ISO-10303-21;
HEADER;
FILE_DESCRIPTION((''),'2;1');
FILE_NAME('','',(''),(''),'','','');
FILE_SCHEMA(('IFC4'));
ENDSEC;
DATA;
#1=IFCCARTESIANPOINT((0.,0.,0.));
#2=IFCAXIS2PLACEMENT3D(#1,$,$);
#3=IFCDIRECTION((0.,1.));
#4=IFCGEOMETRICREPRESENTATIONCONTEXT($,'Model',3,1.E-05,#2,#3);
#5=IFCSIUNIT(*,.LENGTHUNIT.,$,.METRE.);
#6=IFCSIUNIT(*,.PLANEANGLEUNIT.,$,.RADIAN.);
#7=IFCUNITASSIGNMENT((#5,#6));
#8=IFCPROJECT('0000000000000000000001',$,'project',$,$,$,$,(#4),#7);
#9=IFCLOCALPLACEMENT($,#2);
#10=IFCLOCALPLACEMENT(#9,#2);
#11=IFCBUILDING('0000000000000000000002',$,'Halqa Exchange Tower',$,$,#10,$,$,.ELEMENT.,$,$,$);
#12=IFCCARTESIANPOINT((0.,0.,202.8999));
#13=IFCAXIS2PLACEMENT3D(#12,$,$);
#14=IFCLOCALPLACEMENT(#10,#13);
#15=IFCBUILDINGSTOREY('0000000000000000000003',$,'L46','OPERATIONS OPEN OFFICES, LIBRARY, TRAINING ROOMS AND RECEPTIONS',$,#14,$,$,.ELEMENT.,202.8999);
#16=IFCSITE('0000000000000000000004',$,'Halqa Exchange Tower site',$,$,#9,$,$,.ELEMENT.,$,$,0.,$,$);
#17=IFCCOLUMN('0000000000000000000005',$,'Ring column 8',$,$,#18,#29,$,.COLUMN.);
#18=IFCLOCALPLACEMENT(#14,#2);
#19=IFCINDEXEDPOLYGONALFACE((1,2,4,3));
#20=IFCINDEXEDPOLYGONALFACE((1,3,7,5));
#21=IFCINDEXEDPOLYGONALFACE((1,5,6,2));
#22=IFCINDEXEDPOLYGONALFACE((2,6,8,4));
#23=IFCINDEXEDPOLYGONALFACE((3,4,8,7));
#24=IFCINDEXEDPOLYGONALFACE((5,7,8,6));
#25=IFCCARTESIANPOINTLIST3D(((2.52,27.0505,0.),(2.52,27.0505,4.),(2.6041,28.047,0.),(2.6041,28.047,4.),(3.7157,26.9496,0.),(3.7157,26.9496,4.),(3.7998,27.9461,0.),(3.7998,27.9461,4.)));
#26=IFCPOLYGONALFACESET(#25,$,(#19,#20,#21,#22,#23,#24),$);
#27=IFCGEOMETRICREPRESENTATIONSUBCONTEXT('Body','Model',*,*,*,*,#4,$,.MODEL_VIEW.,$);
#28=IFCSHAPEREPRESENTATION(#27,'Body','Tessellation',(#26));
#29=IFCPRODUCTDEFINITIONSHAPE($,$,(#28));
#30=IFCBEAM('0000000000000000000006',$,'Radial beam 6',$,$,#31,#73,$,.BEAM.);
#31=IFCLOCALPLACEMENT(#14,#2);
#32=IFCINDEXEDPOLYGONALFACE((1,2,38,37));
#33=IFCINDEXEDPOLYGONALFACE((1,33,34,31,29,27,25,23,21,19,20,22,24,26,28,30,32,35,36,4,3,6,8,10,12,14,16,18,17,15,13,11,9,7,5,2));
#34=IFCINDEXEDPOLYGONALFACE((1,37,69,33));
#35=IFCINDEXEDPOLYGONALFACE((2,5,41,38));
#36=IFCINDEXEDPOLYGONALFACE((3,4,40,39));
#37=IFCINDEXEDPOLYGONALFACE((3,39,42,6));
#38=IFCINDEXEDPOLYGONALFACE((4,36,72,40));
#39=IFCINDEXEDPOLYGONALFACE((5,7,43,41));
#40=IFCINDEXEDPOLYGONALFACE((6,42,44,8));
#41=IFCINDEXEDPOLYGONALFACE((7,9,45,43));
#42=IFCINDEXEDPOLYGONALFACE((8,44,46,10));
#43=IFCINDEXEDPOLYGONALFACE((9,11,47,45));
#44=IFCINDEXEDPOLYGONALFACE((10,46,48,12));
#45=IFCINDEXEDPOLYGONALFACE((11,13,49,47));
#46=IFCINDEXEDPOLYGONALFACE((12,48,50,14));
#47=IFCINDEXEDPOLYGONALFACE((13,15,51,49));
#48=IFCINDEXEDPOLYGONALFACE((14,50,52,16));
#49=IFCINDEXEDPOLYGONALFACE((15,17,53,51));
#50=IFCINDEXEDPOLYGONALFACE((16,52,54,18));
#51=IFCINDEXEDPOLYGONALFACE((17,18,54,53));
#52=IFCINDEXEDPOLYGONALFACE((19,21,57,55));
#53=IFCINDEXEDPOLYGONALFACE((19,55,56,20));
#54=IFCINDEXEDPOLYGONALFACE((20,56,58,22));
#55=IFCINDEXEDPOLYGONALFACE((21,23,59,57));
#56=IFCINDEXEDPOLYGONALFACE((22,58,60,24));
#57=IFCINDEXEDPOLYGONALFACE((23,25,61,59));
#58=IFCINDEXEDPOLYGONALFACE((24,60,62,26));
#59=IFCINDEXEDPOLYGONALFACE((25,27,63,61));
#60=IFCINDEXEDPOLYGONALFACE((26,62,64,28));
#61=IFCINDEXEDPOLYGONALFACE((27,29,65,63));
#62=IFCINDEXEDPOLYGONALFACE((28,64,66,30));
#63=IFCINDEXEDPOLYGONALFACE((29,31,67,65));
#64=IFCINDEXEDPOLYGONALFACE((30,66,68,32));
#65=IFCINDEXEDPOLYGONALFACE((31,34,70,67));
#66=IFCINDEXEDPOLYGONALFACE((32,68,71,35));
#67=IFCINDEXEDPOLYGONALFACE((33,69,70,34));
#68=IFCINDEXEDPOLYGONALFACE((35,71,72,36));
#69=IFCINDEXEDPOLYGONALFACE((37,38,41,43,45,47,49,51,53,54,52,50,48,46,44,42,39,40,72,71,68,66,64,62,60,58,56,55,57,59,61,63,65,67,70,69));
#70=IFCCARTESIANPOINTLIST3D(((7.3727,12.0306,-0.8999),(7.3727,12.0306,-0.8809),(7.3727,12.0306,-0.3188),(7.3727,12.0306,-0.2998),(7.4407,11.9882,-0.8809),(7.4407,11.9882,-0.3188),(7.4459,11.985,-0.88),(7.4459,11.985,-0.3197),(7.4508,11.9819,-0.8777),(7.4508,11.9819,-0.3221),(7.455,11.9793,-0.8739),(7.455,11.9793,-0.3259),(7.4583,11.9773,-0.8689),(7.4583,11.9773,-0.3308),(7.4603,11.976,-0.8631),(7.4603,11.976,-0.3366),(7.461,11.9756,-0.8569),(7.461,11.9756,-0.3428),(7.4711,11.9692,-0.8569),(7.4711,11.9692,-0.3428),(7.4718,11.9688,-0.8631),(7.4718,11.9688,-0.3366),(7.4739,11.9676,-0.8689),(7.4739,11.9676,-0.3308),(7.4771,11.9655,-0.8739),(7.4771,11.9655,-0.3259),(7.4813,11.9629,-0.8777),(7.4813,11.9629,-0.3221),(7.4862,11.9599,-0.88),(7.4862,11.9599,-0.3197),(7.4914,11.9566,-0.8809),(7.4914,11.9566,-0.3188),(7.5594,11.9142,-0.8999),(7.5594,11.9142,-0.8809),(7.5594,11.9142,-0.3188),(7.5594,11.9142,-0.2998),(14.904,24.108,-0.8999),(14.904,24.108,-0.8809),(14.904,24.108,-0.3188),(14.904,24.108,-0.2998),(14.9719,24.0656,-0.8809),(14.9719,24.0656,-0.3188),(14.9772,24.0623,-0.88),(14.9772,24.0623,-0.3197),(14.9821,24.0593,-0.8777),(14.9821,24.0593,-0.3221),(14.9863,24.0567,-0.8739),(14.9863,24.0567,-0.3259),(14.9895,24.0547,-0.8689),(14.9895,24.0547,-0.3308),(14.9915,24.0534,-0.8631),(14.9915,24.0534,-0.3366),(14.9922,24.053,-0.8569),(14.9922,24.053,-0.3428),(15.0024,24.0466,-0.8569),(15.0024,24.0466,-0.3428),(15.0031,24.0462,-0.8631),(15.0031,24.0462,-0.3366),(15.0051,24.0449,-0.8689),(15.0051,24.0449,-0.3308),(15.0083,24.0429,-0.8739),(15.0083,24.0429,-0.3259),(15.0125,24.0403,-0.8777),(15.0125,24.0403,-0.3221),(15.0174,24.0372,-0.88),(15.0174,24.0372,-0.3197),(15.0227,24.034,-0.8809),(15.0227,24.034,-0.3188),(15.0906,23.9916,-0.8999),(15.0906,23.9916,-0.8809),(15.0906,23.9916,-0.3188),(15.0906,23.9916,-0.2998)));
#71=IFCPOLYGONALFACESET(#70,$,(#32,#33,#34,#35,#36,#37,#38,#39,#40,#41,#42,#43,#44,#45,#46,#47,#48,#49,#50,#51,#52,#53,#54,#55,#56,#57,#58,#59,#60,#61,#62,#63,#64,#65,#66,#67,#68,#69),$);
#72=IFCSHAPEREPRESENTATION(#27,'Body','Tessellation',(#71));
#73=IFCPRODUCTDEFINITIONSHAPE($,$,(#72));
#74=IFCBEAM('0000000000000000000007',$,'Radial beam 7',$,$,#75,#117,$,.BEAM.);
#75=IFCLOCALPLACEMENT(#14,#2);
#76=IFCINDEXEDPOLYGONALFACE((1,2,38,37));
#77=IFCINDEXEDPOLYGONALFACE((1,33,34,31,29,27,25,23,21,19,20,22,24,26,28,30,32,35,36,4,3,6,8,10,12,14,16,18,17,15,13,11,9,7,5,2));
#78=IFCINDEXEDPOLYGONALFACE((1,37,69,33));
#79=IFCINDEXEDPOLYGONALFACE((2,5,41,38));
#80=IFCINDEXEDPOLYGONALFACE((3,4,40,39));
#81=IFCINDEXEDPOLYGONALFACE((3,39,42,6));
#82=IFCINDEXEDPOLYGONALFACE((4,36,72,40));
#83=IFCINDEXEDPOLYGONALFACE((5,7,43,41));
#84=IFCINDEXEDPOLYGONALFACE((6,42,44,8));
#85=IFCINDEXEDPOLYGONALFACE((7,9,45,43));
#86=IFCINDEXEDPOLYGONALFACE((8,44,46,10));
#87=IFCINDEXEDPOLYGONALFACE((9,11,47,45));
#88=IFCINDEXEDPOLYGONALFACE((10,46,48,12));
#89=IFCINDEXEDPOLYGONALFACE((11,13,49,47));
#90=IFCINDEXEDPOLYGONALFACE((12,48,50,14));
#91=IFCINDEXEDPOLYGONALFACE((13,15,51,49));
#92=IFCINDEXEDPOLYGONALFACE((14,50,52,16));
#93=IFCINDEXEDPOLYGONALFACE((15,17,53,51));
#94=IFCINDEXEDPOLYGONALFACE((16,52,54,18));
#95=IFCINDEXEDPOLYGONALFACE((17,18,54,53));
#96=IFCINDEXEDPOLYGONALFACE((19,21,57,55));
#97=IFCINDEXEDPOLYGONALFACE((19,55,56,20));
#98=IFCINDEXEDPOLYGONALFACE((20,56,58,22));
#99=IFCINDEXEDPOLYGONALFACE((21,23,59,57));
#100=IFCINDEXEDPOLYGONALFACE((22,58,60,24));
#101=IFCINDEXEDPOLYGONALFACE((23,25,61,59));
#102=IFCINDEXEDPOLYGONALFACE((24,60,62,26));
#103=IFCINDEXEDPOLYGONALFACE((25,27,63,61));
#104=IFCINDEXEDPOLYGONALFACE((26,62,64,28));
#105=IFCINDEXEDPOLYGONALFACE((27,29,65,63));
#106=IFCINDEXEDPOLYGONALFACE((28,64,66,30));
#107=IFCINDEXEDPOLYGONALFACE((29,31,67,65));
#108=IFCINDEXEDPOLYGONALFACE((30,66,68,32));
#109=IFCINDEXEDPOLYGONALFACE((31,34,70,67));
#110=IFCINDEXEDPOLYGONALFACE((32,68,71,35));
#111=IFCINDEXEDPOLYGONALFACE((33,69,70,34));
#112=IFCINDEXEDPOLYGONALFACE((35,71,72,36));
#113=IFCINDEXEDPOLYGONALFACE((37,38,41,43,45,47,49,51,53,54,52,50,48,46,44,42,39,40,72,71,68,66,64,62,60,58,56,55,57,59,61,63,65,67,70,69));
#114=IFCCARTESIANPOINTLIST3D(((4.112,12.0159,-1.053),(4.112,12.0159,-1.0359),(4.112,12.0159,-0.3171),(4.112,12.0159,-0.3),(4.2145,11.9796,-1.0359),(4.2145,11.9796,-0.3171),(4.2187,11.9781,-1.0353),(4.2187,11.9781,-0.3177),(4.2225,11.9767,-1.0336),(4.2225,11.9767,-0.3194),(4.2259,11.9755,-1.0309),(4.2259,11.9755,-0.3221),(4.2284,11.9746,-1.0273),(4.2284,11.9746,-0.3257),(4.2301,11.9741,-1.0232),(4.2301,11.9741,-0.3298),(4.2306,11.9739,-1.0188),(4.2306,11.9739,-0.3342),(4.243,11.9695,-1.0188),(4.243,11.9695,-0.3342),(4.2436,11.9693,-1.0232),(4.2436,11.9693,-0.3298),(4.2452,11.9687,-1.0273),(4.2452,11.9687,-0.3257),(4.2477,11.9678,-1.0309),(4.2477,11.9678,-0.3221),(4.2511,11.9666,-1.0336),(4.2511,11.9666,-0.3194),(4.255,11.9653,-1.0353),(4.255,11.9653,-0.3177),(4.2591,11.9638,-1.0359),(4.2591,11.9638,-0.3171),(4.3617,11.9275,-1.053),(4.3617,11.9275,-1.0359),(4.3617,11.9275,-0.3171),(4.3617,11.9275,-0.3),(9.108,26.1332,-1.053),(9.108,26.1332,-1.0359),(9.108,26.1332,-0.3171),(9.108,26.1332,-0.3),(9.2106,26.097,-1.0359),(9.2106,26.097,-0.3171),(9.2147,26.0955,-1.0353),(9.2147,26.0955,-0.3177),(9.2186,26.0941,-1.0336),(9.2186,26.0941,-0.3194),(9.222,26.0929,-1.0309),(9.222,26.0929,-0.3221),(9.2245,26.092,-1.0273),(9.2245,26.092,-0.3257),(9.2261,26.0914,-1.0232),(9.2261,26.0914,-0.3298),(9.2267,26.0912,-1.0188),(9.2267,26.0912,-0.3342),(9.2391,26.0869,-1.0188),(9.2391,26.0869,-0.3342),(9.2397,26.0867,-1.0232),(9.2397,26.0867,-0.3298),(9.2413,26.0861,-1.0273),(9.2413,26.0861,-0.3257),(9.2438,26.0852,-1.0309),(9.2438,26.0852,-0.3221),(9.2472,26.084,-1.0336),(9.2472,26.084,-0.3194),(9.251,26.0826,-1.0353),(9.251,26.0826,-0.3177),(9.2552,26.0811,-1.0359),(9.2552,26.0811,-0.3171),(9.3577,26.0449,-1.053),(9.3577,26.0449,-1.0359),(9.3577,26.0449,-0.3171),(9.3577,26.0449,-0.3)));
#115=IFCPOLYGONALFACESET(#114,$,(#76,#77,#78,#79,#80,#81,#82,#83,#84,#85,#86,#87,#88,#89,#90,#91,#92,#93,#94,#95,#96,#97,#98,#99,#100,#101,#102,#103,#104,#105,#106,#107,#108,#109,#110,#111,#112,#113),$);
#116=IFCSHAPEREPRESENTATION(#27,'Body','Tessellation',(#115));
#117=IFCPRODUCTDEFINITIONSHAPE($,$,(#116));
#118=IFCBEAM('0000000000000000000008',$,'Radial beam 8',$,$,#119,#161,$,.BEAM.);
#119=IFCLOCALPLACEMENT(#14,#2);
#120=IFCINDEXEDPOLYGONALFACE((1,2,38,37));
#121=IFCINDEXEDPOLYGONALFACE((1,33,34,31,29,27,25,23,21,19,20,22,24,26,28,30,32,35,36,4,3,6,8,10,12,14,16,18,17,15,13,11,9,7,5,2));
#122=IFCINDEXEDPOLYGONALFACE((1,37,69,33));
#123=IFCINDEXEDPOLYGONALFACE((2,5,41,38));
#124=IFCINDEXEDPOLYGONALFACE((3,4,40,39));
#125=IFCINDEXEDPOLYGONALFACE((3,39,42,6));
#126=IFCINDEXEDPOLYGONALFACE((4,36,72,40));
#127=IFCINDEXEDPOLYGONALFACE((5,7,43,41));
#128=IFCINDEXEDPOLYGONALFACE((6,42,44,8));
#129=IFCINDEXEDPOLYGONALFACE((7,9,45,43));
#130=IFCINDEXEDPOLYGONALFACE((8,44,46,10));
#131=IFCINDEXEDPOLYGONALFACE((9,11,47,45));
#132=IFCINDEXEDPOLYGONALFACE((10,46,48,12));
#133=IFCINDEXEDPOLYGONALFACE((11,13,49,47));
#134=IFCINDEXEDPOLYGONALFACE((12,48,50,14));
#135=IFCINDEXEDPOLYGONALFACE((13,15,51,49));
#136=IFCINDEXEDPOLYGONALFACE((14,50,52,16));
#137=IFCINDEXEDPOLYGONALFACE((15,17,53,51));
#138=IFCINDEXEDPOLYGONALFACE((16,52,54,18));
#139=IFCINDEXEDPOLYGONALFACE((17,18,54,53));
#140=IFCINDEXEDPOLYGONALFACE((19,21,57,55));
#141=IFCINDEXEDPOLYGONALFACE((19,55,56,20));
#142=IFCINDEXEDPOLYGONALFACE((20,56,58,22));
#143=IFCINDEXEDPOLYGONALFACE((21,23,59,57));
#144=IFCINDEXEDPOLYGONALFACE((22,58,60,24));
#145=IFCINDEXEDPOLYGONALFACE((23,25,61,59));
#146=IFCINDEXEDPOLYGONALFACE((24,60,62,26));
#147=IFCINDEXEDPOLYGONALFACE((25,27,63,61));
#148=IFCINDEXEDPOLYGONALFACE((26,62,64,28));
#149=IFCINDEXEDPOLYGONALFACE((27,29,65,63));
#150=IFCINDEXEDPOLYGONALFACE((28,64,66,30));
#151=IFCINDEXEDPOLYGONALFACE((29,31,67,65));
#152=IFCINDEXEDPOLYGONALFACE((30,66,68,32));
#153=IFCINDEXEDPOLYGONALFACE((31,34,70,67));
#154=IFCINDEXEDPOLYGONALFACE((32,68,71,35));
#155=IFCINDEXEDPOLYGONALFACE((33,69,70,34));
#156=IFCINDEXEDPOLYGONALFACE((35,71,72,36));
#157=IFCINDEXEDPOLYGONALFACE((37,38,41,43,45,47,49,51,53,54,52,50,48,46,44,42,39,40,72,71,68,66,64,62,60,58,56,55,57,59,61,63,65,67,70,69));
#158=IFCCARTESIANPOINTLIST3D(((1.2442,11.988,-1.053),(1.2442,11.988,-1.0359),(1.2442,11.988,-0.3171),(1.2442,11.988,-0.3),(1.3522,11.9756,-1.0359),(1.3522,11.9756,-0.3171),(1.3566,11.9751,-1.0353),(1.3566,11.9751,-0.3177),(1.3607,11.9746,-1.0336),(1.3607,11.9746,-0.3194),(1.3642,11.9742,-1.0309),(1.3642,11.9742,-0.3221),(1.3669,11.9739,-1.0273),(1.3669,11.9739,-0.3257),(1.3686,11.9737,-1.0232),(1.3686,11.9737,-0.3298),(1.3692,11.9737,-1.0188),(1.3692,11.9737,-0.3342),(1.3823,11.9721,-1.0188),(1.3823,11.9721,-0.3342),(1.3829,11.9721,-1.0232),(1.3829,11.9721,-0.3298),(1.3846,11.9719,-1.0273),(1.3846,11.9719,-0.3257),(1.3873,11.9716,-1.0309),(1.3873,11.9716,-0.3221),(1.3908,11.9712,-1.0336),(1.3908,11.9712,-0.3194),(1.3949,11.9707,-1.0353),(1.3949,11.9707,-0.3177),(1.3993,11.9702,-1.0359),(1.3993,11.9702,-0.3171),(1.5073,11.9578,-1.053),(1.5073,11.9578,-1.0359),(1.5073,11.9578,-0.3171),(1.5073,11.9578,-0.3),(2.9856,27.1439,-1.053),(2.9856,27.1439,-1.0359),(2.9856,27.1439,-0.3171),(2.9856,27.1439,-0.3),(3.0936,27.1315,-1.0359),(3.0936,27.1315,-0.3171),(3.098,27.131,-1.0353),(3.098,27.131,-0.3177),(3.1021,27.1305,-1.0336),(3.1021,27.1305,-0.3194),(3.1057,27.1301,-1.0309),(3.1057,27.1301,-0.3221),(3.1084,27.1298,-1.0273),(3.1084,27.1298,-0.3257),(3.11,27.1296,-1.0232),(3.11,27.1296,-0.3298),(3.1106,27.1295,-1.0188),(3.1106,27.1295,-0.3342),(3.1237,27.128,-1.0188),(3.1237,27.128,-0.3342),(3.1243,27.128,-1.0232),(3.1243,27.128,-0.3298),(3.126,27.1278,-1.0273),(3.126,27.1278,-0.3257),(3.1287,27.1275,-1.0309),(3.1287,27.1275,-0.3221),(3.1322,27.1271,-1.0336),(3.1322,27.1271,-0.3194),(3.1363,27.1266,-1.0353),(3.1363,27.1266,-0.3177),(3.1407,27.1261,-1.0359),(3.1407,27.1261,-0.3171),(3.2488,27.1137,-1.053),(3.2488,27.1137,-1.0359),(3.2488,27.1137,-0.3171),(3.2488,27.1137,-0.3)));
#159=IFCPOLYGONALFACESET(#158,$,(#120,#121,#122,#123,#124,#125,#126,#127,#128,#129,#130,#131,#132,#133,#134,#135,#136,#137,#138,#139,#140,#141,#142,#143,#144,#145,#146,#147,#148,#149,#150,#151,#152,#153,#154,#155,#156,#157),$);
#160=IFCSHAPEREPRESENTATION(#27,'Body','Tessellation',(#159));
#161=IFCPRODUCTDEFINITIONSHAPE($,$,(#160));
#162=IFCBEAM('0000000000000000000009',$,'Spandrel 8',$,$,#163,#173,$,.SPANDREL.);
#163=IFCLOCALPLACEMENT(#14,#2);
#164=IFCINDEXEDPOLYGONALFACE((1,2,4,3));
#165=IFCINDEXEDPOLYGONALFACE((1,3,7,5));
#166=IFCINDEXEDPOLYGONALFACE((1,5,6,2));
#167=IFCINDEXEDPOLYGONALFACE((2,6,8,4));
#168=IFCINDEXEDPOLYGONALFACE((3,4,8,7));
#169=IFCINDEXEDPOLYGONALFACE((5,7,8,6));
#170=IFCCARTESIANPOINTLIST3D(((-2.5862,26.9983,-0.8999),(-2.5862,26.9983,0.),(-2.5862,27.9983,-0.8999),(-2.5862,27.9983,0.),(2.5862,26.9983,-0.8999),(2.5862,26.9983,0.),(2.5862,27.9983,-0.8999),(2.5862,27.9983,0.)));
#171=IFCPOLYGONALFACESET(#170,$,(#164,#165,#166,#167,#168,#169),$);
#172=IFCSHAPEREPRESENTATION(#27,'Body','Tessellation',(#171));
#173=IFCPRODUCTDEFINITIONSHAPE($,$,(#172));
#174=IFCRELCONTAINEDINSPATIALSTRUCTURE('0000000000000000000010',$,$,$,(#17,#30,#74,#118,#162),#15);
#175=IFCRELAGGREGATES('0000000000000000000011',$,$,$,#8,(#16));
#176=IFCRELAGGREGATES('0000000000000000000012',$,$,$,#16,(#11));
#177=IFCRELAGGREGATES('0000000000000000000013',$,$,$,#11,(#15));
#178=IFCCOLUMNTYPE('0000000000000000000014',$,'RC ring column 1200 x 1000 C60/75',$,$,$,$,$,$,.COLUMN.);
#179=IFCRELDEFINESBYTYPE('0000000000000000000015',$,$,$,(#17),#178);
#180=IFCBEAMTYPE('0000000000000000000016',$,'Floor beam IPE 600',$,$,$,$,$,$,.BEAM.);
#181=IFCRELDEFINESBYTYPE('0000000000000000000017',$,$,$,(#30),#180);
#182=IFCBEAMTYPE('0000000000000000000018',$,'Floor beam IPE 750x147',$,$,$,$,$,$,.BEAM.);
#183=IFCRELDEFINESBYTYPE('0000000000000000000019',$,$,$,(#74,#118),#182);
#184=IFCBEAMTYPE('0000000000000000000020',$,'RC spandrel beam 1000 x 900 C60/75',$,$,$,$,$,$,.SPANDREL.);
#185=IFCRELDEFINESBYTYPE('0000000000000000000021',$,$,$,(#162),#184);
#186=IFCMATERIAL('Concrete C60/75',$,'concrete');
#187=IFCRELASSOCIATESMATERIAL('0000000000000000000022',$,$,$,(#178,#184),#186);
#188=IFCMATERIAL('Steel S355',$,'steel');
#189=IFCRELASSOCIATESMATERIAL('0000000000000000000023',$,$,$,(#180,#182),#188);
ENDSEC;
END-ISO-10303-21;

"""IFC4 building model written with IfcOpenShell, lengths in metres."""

from ifc_helpers import new_model, si_unit, direction, frame, origin, origin_2d, place, context, subcontext, project, spatial, rectangle, i_section, extrude, material, material_profile, profile_set, type_object, element, save


model = new_model("IFC4")

# Units and contexts
model_context = context("Model", 3, precision=1e-05, world=origin(), true_north=direction((0.0, 1.0)))
body_context = subcontext(model_context, "Body", "Model", "MODEL_VIEW")
ifc_project = project(units=[si_unit("LENGTHUNIT", "METRE"), si_unit("PLANEANGLEUNIT", "RADIAN")], contexts=[model_context])

# Site, building, storey
site_placement = place(None, origin())
site = spatial("IfcSite", under=ifc_project, at=site_placement, Name="Halqa Exchange Tower site", CompositionType="ELEMENT", RefElevation=0.0)
building_placement = place(site_placement, origin())
building = spatial("IfcBuilding", under=site, at=building_placement, Name="Halqa Exchange Tower", CompositionType="ELEMENT")
storey_placement = place(building_placement, frame((0.0, 0.0, 202.8999)))
storey = spatial("IfcBuildingStorey", under=building, at=storey_placement, Name="L46", Description="OPERATIONS OPEN OFFICES, LIBRARY, TRAINING ROOMS AND RECEPTIONS", CompositionType="ELEMENT", Elevation=202.8999)

# Column
ifc_material_1 = material(Name="Concrete C60/75", Category="concrete")
ifc_material_profile_1 = material_profile(ifc_material_1, rectangle(XDim=1.2, YDim=1.0, at=origin_2d()), Name="1200 x 1000")
ifc_profile_set_1 = profile_set([ifc_material_profile_1], Name="Concrete C60/75")
column_type = type_object("IfcColumnType", Name="RC ring column 1200 x 1000 C60/75", PredefinedType="COLUMN", material=ifc_profile_set_1)
column_placement = place(storey_placement, frame((3.1599, 27.4983, 0.0), z_axis=(0.0, 0.0, 1.0), x_axis=(-0.996456, 0.084118, 0.0)))
element("IfcColumn", 1, at=column_placement, inside=storey, type_object=column_type, Name="Ring column 8", PredefinedType="COLUMN", context=body_context, shape_type="SweptSolid", body=[
    extrude(rectangle(XDim=1.2, YDim=1.0, at=origin_2d()), origin(), (0.0, 0.0, 1.0), 4.0),
])

# Beams
ifc_material_2 = material(Name="Steel S355", Category="steel")
ifc_material_profile_2 = material_profile(ifc_material_2, i_section(OverallWidth=0.22, OverallDepth=0.6001, WebThickness=0.012, FlangeThickness=0.019, FilletRadius=0.0239, at=origin_2d()), Name="IPE 600")
ifc_profile_set_2 = profile_set([ifc_material_profile_2], Name="Steel S355")
beam_type_1 = type_object("IfcBeamType", Name="Floor beam IPE 600", PredefinedType="BEAM", material=ifc_profile_set_2)
beam_1_placement = place(storey_placement, frame((7.4661, 11.9724, -0.5999), z_axis=(0.529134, 0.848538, 0.0), x_axis=(-0.848538, 0.529134, 0.0)))
element("IfcBeam", 2, at=beam_1_placement, inside=storey, type_object=beam_type_1, Name="Radial beam 6", PredefinedType="BEAM", context=body_context, shape_type="SweptSolid", body=[
    extrude(i_section(OverallWidth=0.22, OverallDepth=0.6001, WebThickness=0.012, FlangeThickness=0.019, FilletRadius=0.0239, at=origin_2d()), origin(), (0.0, 0.0, 1.0), 14.2332),
])
ifc_material_profile_3 = material_profile(ifc_material_2, i_section(OverallWidth=0.2649, OverallDepth=0.7529, WebThickness=0.0132, FlangeThickness=0.0171, FilletRadius=0.0171, at=origin_2d()), Name="IPE 750x147")
ifc_profile_set_3 = profile_set([ifc_material_profile_3], Name="Steel S355")
beam_type_2 = type_object("IfcBeamType", Name="Floor beam IPE 750x147", PredefinedType="BEAM", material=ifc_profile_set_3)
beam_2_placement = place(storey_placement, frame((4.2368, 11.9717, -0.6765), z_axis=(0.33362, 0.942708, 0.0), x_axis=(-0.942708, 0.33362, 0.0)))
element("IfcBeam", 3, at=beam_2_placement, inside=storey, type_object=beam_type_2, Name="Radial beam 7", PredefinedType="BEAM", context=body_context, shape_type="SweptSolid", body=[
    extrude(i_section(OverallWidth=0.2649, OverallDepth=0.7529, WebThickness=0.0132, FlangeThickness=0.0171, FilletRadius=0.0171, at=origin_2d()), origin(), (0.0, 0.0, 1.0), 14.9753),
])
beam_3_placement = place(storey_placement, frame((1.3757, 11.9729, -0.6765), z_axis=(0.114151, 0.993463, 0.0), x_axis=(-0.993463, 0.114151, 0.0)))
element("IfcBeam", 4, at=beam_3_placement, inside=storey, type_object=beam_type_2, Name="Radial beam 8", PredefinedType="BEAM", context=body_context, shape_type="SweptSolid", body=[
    extrude(i_section(OverallWidth=0.2649, OverallDepth=0.7529, WebThickness=0.0132, FlangeThickness=0.0171, FilletRadius=0.0171, at=origin_2d()), origin(), (0.0, 0.0, 1.0), 15.2556),
])
ifc_material_profile_4 = material_profile(ifc_material_1, rectangle(XDim=1.0, YDim=0.8999, at=origin_2d()), Name="1000 x 900")
ifc_profile_set_4 = profile_set([ifc_material_profile_4], Name="Concrete C60/75")
beam_type_3 = type_object("IfcBeamType", Name="RC spandrel beam 1000 x 900 C60/75", PredefinedType="SPANDREL", material=ifc_profile_set_4)
beam_4_placement = place(storey_placement, frame((2.5862, 27.4983, -0.45), z_axis=(-1.0, 0.0, 0.0), x_axis=(0.0, -1.0, 0.0)))
element("IfcBeam", 5, at=beam_4_placement, inside=storey, type_object=beam_type_3, Name="Spandrel 8", PredefinedType="SPANDREL", context=body_context, shape_type="SweptSolid", body=[
    extrude(rectangle(XDim=1.0, YDim=0.8999, at=origin_2d()), origin(), (0.0, 0.0, 1.0), 5.1724),
])

save(model, "model.ifc")
